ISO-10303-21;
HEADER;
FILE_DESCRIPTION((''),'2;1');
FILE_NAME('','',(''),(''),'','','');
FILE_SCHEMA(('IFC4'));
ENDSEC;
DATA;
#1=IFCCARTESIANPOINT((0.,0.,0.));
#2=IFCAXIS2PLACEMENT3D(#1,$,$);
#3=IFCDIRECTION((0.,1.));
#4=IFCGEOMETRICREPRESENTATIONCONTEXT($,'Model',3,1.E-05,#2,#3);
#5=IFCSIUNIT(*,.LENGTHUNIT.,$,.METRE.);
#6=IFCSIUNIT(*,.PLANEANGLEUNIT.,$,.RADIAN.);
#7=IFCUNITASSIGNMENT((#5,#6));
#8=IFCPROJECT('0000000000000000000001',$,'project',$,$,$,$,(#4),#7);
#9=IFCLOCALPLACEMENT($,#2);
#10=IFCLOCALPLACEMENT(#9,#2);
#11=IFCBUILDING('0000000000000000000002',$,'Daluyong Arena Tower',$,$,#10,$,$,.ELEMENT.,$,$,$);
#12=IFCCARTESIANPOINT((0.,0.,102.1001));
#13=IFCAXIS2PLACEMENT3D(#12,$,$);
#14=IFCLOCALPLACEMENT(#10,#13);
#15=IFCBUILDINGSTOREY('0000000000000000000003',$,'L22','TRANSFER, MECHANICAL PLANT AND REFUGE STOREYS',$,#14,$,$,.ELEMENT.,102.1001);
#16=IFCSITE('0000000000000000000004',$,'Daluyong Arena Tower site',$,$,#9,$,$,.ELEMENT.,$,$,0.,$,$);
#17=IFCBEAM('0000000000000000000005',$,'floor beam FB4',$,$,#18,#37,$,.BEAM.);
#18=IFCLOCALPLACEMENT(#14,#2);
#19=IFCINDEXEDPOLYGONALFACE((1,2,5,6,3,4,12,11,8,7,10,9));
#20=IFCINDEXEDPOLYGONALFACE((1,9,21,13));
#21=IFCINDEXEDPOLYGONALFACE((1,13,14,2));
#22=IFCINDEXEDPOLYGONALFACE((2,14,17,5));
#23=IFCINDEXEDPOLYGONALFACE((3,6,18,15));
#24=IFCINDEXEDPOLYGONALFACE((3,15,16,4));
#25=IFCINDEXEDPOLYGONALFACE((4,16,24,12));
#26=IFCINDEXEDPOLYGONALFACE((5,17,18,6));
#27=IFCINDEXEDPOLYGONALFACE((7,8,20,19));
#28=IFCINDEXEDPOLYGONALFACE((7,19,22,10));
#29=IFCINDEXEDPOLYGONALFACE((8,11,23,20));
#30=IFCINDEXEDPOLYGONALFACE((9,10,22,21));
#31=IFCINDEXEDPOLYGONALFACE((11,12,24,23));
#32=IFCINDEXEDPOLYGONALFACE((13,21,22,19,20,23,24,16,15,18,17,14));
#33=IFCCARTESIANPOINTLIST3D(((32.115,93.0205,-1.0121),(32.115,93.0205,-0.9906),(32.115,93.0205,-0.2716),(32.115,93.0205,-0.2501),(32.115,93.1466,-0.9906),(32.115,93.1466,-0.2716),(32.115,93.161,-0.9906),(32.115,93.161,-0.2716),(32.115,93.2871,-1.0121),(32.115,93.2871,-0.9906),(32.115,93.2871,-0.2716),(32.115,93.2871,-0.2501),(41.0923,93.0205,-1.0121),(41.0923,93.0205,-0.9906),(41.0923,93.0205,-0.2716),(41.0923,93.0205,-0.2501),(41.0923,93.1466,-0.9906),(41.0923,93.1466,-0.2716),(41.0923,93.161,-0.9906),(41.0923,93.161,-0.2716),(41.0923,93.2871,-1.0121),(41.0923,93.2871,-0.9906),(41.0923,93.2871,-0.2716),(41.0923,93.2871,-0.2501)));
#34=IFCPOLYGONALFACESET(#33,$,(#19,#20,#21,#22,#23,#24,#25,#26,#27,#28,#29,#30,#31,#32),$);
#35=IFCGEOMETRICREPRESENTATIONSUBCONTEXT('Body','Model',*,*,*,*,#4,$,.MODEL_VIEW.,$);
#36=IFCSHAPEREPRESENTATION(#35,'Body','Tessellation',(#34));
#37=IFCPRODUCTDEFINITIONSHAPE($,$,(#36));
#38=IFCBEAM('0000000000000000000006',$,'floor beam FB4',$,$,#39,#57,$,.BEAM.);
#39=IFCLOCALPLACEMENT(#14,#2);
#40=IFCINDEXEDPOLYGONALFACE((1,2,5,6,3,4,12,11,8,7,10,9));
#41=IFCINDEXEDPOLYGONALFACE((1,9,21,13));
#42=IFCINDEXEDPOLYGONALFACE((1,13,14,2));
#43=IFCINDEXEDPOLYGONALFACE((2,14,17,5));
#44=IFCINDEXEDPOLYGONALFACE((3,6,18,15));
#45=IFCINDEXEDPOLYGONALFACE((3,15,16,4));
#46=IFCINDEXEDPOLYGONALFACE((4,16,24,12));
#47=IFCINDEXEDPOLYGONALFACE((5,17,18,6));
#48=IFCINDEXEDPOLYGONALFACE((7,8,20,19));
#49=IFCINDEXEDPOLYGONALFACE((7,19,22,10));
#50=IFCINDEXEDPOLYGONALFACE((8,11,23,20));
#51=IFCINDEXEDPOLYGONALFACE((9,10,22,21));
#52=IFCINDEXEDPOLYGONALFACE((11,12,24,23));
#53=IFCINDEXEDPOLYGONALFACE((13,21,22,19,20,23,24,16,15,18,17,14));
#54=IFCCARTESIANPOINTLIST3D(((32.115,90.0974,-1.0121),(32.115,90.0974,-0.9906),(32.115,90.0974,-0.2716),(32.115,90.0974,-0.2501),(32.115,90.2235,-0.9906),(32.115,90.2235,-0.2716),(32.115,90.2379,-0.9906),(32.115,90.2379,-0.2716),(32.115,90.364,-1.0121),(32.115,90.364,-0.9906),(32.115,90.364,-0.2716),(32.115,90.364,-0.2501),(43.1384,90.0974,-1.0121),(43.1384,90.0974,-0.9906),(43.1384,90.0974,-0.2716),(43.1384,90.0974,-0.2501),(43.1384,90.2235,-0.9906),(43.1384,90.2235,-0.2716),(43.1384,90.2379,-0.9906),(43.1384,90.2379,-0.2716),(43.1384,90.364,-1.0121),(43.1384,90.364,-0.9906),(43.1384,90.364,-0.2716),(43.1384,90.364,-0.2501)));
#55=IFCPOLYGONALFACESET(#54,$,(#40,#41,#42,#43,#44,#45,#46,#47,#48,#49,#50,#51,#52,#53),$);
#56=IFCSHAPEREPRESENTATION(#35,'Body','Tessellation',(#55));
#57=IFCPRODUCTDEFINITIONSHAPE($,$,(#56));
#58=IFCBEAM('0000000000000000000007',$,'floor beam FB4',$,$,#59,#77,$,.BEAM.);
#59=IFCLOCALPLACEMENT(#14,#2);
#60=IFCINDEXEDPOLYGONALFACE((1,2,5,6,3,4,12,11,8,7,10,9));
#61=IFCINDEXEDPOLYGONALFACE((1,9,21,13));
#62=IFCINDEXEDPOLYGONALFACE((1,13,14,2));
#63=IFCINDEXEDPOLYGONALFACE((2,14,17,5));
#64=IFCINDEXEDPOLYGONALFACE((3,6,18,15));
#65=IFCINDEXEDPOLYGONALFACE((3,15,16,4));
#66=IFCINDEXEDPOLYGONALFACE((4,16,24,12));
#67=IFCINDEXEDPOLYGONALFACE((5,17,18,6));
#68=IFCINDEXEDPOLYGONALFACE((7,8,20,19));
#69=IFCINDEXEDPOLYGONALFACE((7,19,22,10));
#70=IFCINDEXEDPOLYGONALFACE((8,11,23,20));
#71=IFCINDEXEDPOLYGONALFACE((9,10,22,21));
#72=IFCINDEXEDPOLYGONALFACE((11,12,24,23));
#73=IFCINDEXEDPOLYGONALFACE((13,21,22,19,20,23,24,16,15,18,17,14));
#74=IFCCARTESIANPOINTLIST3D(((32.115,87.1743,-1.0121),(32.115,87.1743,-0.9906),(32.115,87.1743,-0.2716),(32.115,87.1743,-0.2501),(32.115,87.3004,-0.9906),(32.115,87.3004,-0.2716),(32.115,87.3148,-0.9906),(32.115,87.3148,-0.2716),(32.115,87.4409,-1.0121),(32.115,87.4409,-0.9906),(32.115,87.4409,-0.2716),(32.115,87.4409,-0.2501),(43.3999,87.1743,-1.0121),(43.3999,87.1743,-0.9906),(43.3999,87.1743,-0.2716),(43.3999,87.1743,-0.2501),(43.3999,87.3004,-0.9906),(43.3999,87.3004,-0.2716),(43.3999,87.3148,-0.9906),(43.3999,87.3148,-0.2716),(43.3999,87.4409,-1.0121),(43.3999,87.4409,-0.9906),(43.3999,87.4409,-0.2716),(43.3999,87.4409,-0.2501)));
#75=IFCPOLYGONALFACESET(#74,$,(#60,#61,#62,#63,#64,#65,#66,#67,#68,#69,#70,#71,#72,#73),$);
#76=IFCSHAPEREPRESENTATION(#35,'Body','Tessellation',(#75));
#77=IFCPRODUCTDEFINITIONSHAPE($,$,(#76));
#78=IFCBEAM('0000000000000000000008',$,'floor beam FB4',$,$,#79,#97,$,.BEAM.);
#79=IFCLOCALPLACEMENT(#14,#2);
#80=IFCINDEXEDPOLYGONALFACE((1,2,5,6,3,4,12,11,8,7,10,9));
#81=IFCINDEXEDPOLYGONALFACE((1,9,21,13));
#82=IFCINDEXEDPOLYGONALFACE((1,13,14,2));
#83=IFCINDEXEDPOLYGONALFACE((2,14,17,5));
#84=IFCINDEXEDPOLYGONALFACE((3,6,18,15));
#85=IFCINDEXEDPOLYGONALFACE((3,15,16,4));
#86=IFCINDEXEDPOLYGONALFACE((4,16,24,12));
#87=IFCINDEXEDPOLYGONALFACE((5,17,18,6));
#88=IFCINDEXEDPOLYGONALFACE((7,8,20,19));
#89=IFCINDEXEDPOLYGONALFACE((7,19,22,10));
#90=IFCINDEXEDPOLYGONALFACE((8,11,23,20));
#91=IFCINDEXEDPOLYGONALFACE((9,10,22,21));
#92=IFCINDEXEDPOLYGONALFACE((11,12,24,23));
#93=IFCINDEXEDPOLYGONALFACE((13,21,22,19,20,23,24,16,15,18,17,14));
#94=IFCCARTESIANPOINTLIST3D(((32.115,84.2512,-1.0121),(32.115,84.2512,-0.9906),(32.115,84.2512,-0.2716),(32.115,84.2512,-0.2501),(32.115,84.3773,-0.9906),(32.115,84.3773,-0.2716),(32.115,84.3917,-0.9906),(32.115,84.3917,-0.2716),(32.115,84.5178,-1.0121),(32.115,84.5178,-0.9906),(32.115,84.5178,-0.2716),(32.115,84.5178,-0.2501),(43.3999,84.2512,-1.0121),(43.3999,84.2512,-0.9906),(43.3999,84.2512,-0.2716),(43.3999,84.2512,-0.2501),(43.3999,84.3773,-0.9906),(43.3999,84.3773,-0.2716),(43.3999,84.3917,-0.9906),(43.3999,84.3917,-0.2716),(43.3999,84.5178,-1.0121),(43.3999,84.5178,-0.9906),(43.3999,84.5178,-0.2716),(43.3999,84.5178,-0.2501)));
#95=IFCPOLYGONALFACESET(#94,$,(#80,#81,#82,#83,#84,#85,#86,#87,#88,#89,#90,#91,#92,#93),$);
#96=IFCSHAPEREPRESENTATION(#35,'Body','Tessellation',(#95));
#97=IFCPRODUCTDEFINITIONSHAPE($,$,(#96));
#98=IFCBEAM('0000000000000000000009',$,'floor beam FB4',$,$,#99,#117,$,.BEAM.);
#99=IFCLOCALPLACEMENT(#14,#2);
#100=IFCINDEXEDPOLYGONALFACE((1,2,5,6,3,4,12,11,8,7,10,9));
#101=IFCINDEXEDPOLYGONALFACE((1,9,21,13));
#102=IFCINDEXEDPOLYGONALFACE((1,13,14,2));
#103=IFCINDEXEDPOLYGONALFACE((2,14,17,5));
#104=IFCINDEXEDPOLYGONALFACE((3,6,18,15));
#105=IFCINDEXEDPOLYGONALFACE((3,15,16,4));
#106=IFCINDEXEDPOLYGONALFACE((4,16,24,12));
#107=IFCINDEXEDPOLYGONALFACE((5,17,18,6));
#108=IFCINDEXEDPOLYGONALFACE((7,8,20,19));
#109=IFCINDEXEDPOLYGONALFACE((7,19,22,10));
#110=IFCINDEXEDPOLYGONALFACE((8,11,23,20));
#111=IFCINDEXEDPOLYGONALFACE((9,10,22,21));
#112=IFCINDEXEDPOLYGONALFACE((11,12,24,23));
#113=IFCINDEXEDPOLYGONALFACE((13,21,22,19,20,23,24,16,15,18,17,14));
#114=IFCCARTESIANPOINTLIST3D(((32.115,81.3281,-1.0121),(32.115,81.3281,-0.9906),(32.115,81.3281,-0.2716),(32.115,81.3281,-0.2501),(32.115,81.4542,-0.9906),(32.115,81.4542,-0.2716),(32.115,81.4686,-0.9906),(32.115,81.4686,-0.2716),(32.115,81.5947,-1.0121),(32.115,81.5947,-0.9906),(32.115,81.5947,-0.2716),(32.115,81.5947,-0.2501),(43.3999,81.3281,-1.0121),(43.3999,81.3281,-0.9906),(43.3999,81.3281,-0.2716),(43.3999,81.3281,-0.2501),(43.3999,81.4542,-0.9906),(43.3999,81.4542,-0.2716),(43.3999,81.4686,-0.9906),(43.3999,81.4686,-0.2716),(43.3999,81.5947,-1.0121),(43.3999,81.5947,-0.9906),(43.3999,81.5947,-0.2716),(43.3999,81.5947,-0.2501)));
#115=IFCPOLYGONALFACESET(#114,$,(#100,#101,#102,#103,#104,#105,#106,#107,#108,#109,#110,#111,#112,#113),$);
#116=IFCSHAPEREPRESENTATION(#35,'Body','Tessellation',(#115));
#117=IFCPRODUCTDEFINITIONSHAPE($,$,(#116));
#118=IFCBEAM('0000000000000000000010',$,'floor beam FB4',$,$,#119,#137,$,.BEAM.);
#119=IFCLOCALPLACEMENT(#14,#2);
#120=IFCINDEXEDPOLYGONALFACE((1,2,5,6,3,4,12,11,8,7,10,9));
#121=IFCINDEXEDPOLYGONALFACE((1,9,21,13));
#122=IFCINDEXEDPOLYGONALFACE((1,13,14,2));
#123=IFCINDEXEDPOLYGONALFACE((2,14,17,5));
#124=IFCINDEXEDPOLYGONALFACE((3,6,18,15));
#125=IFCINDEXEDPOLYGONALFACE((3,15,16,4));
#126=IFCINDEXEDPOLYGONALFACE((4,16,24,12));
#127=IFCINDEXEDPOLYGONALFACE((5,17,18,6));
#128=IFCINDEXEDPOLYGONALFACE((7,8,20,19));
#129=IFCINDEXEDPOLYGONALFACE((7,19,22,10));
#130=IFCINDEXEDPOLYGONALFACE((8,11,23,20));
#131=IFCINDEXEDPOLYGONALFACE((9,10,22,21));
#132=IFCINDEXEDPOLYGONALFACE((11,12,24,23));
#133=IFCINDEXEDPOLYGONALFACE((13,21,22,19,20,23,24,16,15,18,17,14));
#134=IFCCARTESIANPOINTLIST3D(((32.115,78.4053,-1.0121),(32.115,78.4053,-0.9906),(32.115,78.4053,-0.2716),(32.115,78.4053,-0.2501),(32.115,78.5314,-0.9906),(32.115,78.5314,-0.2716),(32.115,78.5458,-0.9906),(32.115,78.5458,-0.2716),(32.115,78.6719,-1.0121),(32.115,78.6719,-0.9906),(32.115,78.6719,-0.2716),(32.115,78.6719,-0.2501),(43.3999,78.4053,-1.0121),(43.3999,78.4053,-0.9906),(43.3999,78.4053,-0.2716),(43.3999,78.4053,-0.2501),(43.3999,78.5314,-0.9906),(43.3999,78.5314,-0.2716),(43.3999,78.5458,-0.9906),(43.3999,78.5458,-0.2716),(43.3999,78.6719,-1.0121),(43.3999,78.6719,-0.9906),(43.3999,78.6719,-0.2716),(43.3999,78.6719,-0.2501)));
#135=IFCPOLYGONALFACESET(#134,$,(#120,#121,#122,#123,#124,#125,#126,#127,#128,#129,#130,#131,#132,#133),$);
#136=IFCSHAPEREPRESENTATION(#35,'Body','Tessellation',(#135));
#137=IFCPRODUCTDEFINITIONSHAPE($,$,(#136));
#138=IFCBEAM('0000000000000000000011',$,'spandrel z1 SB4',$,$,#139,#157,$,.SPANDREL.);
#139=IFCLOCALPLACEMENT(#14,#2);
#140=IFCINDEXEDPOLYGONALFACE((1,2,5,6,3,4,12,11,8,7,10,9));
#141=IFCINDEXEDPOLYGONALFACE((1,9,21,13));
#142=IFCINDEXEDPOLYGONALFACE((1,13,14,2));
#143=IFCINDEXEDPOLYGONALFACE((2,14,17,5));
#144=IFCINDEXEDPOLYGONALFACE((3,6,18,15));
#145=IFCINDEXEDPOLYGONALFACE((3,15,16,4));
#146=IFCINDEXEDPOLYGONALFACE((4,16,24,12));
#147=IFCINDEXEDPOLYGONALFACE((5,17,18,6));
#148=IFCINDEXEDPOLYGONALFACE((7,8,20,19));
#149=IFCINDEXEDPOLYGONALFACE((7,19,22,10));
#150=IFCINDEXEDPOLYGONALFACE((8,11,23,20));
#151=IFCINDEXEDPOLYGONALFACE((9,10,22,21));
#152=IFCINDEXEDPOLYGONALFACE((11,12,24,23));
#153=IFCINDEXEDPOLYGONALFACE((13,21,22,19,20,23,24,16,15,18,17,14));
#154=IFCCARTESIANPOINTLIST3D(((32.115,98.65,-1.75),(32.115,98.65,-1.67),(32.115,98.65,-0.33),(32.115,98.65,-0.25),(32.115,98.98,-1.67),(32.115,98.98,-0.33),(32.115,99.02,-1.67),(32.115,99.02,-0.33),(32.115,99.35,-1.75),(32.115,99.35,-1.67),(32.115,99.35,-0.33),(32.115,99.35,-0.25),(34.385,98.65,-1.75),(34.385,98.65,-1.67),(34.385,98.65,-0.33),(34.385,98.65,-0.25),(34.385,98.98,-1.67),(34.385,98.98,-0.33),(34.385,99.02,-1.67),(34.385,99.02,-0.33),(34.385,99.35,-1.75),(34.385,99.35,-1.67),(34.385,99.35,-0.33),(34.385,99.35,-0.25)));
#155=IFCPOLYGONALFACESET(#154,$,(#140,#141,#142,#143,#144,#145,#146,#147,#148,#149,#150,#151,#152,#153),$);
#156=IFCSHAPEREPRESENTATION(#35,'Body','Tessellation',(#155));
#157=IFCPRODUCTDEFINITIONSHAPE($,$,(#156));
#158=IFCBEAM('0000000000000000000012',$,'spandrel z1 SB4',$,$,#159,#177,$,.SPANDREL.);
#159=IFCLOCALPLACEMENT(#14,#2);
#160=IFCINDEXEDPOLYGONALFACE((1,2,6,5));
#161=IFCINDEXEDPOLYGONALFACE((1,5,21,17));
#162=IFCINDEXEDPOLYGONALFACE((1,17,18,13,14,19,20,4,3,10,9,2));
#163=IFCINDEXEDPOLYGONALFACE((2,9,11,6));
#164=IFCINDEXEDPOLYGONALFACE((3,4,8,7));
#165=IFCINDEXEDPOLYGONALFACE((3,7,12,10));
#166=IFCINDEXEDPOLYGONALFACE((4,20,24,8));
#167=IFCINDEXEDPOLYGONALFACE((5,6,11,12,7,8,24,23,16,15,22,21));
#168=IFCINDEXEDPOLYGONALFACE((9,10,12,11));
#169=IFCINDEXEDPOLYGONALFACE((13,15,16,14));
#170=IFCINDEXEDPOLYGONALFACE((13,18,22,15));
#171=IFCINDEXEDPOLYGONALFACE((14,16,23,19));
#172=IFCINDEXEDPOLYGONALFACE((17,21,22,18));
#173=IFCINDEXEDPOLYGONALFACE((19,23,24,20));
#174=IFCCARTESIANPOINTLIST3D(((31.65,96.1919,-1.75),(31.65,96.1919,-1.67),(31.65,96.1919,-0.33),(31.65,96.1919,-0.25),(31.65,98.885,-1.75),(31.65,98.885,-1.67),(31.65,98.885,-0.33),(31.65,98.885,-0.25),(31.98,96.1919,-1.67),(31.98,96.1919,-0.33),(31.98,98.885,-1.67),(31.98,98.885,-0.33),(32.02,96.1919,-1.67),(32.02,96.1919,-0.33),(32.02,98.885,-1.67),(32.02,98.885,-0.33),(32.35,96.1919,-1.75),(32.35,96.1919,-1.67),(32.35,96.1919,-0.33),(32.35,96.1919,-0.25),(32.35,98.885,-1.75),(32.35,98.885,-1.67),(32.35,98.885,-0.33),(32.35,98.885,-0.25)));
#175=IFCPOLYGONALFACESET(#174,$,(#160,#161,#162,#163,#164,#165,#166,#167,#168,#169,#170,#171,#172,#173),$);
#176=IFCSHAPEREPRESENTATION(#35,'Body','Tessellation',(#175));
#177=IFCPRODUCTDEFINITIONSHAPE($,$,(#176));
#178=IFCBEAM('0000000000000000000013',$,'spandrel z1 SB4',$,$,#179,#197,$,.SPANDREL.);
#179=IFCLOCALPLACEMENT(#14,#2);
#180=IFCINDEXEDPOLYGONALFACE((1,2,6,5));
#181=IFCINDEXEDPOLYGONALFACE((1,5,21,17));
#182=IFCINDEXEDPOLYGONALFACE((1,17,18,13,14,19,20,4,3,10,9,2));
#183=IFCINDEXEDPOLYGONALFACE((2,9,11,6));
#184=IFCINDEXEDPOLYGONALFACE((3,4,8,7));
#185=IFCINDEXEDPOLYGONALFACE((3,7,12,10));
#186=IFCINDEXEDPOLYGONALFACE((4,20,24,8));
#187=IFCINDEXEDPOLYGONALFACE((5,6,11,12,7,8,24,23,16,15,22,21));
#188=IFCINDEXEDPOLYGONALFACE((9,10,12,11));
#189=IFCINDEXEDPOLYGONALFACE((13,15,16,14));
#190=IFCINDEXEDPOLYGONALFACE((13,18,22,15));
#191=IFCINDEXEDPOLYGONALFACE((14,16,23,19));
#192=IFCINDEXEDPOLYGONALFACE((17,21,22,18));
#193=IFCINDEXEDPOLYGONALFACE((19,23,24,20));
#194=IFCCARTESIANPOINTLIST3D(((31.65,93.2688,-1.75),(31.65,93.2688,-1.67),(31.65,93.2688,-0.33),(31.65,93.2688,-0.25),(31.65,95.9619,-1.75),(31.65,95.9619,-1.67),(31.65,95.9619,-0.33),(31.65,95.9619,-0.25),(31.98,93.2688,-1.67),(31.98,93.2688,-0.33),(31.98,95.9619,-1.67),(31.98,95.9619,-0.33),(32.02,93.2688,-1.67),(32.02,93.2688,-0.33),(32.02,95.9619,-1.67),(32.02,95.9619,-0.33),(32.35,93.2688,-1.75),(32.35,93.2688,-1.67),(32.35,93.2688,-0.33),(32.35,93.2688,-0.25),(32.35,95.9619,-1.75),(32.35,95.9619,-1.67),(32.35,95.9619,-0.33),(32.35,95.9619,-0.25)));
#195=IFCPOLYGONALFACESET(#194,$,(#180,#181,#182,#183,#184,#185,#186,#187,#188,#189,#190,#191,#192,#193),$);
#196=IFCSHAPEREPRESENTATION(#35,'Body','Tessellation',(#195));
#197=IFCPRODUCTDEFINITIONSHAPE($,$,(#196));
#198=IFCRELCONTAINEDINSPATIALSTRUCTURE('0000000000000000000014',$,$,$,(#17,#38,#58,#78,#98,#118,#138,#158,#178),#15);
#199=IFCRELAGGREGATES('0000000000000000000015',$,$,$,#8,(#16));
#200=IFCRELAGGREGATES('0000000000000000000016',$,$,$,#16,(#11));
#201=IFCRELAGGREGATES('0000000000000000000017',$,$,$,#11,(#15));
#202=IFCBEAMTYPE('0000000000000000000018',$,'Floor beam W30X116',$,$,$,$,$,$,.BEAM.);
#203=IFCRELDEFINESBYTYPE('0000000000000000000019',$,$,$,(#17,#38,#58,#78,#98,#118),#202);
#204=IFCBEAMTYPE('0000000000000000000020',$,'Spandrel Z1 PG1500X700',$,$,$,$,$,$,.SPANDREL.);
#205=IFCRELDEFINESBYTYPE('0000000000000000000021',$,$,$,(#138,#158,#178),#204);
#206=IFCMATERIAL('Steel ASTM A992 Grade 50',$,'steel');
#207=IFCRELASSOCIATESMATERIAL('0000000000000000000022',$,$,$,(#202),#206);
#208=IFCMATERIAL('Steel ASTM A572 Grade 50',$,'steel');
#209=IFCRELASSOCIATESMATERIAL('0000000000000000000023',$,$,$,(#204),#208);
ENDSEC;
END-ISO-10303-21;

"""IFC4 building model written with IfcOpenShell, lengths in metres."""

from ifc_helpers import new_model, si_unit, direction, frame, origin, origin_2d, place, context, subcontext, project, spatial, i_section, extrude, material, material_profile, profile_set, type_object, element, save


model = new_model("IFC4")

# Units and contexts
model_context = context("Model", 3, precision=1e-05, world=origin(), true_north=direction((0.0, 1.0)))
body_context = subcontext(model_context, "Body", "Model", "MODEL_VIEW")
ifc_project = project(units=[si_unit("LENGTHUNIT", "METRE"), si_unit("PLANEANGLEUNIT", "RADIAN")], contexts=[model_context])

# Site, building, storey
site_placement = place(None, origin())
site = spatial("IfcSite", under=ifc_project, at=site_placement, Name="Daluyong Arena Tower site", CompositionType="ELEMENT", RefElevation=0.0)
building_placement = place(site_placement, origin())
building = spatial("IfcBuilding", under=site, at=building_placement, Name="Daluyong Arena Tower", CompositionType="ELEMENT")
storey_placement = place(building_placement, frame((0.0, 0.0, 102.1001)))
storey = spatial("IfcBuildingStorey", under=building, at=storey_placement, Name="L22", Description="TRANSFER, MECHANICAL PLANT AND REFUGE STOREYS", CompositionType="ELEMENT", Elevation=102.1001)

# Beams
ifc_material_1 = material(Name="Steel ASTM A992 Grade 50", Category="steel")
ifc_material_profile_1 = material_profile(ifc_material_1, i_section(OverallWidth=0.2666, OverallDepth=0.762, WebThickness=0.0144, FlangeThickness=0.0215, at=origin_2d()))
ifc_profile_set_1 = profile_set([ifc_material_profile_1], Name="Steel ASTM A992 Grade 50")
beam_type_1 = type_object("IfcBeamType", Name="Floor beam W30X116", PredefinedType="BEAM", material=ifc_profile_set_1)
beam_1_placement = place(storey_placement, frame((32.115, 93.1538, -0.6311), z_axis=(1.0, 0.0, 0.0), x_axis=(0.0, 1.0, 0.0)))
element("IfcBeam", 1, at=beam_1_placement, inside=storey, type_object=beam_type_1, Name="floor beam FB4", PredefinedType="BEAM", context=body_context, shape_type="SweptSolid", body=[
    extrude(i_section(OverallWidth=0.2666, OverallDepth=0.762, WebThickness=0.0144, FlangeThickness=0.0215, at=origin_2d()), origin(), (0.0, 0.0, 1.0), 8.9773),
])
beam_2_placement = place(storey_placement, frame((32.115, 90.2307, -0.6311), z_axis=(1.0, 0.0, 0.0), x_axis=(0.0, 1.0, 0.0)))
element("IfcBeam", 2, at=beam_2_placement, inside=storey, type_object=beam_type_1, Name="floor beam FB4", PredefinedType="BEAM", context=body_context, shape_type="SweptSolid", body=[
    extrude(i_section(OverallWidth=0.2666, OverallDepth=0.762, WebThickness=0.0144, FlangeThickness=0.0215, at=origin_2d()), origin(), (0.0, 0.0, 1.0), 11.0234),
])
for number, where, z_axis, x_axis, name in (
    (3, (32.115, 87.3076, -0.6311), (1.0, 0.0, 0.0), (0.0, 1.0, 0.0), "floor beam FB4"),
    (4, (32.115, 84.3845, -0.6311), (1.0, 0.0, 0.0), (0.0, 1.0, 0.0), "floor beam FB4"),
    (5, (32.115, 81.4614, -0.6311), (1.0, 0.0, 0.0), (0.0, 1.0, 0.0), "floor beam FB4"),
    (6, (32.115, 78.5386, -0.6311), (1.0, 0.0, 0.0), (0.0, 1.0, 0.0), "floor beam FB4"),
):
    element("IfcBeam", number, at=place(storey_placement, frame(where, z_axis=z_axis, x_axis=x_axis)), inside=storey, type_object=beam_type_1, Name=name, PredefinedType="BEAM", context=body_context, shape_type="SweptSolid", body=[
        extrude(i_section(OverallWidth=0.2666, OverallDepth=0.762, WebThickness=0.0144, FlangeThickness=0.0215, at=origin_2d()), origin(), (0.0, 0.0, 1.0), 11.2849),
    ])
ifc_material_2 = material(Name="Steel ASTM A572 Grade 50", Category="steel")
ifc_material_profile_2 = material_profile(ifc_material_2, i_section(OverallWidth=0.7, OverallDepth=1.5, WebThickness=0.04, FlangeThickness=0.08, at=origin_2d()))
ifc_profile_set_2 = profile_set([ifc_material_profile_2], Name="Steel ASTM A572 Grade 50")
beam_type_2 = type_object("IfcBeamType", Name="Spandrel Z1 PG1500X700", PredefinedType="SPANDREL", material=ifc_profile_set_2)
beam_3_placement = place(storey_placement, frame((34.385, 99.0, -1.0), z_axis=(-1.0, 0.0, 0.0), x_axis=(0.0, -1.0, 0.0)))
element("IfcBeam", 7, at=beam_3_placement, inside=storey, type_object=beam_type_2, Name="spandrel z1 SB4", PredefinedType="SPANDREL", context=body_context, shape_type="SweptSolid", body=[
    extrude(i_section(OverallWidth=0.7, OverallDepth=1.5, WebThickness=0.04, FlangeThickness=0.08, at=origin_2d()), origin(), (0.0, 0.0, 1.0), 2.27),
])
for number, where, z_axis, x_axis, name in (
    (8, (32.0, 98.885, -1.0), (0.0, -1.0, 0.0), (1.0, 0.0, 0.0), "spandrel z1 SB4"),
    (9, (32.0, 95.9619, -1.0), (0.0, -1.0, 0.0), (1.0, 0.0, 0.0), "spandrel z1 SB4"),
):
    element("IfcBeam", number, at=place(storey_placement, frame(where, z_axis=z_axis, x_axis=x_axis)), inside=storey, type_object=beam_type_2, Name=name, PredefinedType="SPANDREL", context=body_context, shape_type="SweptSolid", body=[
        extrude(i_section(OverallWidth=0.7, OverallDepth=1.5, WebThickness=0.04, FlangeThickness=0.08, at=origin_2d()), origin(), (0.0, 0.0, 1.0), 2.6931),
    ])

save(model, "model.ifc")
